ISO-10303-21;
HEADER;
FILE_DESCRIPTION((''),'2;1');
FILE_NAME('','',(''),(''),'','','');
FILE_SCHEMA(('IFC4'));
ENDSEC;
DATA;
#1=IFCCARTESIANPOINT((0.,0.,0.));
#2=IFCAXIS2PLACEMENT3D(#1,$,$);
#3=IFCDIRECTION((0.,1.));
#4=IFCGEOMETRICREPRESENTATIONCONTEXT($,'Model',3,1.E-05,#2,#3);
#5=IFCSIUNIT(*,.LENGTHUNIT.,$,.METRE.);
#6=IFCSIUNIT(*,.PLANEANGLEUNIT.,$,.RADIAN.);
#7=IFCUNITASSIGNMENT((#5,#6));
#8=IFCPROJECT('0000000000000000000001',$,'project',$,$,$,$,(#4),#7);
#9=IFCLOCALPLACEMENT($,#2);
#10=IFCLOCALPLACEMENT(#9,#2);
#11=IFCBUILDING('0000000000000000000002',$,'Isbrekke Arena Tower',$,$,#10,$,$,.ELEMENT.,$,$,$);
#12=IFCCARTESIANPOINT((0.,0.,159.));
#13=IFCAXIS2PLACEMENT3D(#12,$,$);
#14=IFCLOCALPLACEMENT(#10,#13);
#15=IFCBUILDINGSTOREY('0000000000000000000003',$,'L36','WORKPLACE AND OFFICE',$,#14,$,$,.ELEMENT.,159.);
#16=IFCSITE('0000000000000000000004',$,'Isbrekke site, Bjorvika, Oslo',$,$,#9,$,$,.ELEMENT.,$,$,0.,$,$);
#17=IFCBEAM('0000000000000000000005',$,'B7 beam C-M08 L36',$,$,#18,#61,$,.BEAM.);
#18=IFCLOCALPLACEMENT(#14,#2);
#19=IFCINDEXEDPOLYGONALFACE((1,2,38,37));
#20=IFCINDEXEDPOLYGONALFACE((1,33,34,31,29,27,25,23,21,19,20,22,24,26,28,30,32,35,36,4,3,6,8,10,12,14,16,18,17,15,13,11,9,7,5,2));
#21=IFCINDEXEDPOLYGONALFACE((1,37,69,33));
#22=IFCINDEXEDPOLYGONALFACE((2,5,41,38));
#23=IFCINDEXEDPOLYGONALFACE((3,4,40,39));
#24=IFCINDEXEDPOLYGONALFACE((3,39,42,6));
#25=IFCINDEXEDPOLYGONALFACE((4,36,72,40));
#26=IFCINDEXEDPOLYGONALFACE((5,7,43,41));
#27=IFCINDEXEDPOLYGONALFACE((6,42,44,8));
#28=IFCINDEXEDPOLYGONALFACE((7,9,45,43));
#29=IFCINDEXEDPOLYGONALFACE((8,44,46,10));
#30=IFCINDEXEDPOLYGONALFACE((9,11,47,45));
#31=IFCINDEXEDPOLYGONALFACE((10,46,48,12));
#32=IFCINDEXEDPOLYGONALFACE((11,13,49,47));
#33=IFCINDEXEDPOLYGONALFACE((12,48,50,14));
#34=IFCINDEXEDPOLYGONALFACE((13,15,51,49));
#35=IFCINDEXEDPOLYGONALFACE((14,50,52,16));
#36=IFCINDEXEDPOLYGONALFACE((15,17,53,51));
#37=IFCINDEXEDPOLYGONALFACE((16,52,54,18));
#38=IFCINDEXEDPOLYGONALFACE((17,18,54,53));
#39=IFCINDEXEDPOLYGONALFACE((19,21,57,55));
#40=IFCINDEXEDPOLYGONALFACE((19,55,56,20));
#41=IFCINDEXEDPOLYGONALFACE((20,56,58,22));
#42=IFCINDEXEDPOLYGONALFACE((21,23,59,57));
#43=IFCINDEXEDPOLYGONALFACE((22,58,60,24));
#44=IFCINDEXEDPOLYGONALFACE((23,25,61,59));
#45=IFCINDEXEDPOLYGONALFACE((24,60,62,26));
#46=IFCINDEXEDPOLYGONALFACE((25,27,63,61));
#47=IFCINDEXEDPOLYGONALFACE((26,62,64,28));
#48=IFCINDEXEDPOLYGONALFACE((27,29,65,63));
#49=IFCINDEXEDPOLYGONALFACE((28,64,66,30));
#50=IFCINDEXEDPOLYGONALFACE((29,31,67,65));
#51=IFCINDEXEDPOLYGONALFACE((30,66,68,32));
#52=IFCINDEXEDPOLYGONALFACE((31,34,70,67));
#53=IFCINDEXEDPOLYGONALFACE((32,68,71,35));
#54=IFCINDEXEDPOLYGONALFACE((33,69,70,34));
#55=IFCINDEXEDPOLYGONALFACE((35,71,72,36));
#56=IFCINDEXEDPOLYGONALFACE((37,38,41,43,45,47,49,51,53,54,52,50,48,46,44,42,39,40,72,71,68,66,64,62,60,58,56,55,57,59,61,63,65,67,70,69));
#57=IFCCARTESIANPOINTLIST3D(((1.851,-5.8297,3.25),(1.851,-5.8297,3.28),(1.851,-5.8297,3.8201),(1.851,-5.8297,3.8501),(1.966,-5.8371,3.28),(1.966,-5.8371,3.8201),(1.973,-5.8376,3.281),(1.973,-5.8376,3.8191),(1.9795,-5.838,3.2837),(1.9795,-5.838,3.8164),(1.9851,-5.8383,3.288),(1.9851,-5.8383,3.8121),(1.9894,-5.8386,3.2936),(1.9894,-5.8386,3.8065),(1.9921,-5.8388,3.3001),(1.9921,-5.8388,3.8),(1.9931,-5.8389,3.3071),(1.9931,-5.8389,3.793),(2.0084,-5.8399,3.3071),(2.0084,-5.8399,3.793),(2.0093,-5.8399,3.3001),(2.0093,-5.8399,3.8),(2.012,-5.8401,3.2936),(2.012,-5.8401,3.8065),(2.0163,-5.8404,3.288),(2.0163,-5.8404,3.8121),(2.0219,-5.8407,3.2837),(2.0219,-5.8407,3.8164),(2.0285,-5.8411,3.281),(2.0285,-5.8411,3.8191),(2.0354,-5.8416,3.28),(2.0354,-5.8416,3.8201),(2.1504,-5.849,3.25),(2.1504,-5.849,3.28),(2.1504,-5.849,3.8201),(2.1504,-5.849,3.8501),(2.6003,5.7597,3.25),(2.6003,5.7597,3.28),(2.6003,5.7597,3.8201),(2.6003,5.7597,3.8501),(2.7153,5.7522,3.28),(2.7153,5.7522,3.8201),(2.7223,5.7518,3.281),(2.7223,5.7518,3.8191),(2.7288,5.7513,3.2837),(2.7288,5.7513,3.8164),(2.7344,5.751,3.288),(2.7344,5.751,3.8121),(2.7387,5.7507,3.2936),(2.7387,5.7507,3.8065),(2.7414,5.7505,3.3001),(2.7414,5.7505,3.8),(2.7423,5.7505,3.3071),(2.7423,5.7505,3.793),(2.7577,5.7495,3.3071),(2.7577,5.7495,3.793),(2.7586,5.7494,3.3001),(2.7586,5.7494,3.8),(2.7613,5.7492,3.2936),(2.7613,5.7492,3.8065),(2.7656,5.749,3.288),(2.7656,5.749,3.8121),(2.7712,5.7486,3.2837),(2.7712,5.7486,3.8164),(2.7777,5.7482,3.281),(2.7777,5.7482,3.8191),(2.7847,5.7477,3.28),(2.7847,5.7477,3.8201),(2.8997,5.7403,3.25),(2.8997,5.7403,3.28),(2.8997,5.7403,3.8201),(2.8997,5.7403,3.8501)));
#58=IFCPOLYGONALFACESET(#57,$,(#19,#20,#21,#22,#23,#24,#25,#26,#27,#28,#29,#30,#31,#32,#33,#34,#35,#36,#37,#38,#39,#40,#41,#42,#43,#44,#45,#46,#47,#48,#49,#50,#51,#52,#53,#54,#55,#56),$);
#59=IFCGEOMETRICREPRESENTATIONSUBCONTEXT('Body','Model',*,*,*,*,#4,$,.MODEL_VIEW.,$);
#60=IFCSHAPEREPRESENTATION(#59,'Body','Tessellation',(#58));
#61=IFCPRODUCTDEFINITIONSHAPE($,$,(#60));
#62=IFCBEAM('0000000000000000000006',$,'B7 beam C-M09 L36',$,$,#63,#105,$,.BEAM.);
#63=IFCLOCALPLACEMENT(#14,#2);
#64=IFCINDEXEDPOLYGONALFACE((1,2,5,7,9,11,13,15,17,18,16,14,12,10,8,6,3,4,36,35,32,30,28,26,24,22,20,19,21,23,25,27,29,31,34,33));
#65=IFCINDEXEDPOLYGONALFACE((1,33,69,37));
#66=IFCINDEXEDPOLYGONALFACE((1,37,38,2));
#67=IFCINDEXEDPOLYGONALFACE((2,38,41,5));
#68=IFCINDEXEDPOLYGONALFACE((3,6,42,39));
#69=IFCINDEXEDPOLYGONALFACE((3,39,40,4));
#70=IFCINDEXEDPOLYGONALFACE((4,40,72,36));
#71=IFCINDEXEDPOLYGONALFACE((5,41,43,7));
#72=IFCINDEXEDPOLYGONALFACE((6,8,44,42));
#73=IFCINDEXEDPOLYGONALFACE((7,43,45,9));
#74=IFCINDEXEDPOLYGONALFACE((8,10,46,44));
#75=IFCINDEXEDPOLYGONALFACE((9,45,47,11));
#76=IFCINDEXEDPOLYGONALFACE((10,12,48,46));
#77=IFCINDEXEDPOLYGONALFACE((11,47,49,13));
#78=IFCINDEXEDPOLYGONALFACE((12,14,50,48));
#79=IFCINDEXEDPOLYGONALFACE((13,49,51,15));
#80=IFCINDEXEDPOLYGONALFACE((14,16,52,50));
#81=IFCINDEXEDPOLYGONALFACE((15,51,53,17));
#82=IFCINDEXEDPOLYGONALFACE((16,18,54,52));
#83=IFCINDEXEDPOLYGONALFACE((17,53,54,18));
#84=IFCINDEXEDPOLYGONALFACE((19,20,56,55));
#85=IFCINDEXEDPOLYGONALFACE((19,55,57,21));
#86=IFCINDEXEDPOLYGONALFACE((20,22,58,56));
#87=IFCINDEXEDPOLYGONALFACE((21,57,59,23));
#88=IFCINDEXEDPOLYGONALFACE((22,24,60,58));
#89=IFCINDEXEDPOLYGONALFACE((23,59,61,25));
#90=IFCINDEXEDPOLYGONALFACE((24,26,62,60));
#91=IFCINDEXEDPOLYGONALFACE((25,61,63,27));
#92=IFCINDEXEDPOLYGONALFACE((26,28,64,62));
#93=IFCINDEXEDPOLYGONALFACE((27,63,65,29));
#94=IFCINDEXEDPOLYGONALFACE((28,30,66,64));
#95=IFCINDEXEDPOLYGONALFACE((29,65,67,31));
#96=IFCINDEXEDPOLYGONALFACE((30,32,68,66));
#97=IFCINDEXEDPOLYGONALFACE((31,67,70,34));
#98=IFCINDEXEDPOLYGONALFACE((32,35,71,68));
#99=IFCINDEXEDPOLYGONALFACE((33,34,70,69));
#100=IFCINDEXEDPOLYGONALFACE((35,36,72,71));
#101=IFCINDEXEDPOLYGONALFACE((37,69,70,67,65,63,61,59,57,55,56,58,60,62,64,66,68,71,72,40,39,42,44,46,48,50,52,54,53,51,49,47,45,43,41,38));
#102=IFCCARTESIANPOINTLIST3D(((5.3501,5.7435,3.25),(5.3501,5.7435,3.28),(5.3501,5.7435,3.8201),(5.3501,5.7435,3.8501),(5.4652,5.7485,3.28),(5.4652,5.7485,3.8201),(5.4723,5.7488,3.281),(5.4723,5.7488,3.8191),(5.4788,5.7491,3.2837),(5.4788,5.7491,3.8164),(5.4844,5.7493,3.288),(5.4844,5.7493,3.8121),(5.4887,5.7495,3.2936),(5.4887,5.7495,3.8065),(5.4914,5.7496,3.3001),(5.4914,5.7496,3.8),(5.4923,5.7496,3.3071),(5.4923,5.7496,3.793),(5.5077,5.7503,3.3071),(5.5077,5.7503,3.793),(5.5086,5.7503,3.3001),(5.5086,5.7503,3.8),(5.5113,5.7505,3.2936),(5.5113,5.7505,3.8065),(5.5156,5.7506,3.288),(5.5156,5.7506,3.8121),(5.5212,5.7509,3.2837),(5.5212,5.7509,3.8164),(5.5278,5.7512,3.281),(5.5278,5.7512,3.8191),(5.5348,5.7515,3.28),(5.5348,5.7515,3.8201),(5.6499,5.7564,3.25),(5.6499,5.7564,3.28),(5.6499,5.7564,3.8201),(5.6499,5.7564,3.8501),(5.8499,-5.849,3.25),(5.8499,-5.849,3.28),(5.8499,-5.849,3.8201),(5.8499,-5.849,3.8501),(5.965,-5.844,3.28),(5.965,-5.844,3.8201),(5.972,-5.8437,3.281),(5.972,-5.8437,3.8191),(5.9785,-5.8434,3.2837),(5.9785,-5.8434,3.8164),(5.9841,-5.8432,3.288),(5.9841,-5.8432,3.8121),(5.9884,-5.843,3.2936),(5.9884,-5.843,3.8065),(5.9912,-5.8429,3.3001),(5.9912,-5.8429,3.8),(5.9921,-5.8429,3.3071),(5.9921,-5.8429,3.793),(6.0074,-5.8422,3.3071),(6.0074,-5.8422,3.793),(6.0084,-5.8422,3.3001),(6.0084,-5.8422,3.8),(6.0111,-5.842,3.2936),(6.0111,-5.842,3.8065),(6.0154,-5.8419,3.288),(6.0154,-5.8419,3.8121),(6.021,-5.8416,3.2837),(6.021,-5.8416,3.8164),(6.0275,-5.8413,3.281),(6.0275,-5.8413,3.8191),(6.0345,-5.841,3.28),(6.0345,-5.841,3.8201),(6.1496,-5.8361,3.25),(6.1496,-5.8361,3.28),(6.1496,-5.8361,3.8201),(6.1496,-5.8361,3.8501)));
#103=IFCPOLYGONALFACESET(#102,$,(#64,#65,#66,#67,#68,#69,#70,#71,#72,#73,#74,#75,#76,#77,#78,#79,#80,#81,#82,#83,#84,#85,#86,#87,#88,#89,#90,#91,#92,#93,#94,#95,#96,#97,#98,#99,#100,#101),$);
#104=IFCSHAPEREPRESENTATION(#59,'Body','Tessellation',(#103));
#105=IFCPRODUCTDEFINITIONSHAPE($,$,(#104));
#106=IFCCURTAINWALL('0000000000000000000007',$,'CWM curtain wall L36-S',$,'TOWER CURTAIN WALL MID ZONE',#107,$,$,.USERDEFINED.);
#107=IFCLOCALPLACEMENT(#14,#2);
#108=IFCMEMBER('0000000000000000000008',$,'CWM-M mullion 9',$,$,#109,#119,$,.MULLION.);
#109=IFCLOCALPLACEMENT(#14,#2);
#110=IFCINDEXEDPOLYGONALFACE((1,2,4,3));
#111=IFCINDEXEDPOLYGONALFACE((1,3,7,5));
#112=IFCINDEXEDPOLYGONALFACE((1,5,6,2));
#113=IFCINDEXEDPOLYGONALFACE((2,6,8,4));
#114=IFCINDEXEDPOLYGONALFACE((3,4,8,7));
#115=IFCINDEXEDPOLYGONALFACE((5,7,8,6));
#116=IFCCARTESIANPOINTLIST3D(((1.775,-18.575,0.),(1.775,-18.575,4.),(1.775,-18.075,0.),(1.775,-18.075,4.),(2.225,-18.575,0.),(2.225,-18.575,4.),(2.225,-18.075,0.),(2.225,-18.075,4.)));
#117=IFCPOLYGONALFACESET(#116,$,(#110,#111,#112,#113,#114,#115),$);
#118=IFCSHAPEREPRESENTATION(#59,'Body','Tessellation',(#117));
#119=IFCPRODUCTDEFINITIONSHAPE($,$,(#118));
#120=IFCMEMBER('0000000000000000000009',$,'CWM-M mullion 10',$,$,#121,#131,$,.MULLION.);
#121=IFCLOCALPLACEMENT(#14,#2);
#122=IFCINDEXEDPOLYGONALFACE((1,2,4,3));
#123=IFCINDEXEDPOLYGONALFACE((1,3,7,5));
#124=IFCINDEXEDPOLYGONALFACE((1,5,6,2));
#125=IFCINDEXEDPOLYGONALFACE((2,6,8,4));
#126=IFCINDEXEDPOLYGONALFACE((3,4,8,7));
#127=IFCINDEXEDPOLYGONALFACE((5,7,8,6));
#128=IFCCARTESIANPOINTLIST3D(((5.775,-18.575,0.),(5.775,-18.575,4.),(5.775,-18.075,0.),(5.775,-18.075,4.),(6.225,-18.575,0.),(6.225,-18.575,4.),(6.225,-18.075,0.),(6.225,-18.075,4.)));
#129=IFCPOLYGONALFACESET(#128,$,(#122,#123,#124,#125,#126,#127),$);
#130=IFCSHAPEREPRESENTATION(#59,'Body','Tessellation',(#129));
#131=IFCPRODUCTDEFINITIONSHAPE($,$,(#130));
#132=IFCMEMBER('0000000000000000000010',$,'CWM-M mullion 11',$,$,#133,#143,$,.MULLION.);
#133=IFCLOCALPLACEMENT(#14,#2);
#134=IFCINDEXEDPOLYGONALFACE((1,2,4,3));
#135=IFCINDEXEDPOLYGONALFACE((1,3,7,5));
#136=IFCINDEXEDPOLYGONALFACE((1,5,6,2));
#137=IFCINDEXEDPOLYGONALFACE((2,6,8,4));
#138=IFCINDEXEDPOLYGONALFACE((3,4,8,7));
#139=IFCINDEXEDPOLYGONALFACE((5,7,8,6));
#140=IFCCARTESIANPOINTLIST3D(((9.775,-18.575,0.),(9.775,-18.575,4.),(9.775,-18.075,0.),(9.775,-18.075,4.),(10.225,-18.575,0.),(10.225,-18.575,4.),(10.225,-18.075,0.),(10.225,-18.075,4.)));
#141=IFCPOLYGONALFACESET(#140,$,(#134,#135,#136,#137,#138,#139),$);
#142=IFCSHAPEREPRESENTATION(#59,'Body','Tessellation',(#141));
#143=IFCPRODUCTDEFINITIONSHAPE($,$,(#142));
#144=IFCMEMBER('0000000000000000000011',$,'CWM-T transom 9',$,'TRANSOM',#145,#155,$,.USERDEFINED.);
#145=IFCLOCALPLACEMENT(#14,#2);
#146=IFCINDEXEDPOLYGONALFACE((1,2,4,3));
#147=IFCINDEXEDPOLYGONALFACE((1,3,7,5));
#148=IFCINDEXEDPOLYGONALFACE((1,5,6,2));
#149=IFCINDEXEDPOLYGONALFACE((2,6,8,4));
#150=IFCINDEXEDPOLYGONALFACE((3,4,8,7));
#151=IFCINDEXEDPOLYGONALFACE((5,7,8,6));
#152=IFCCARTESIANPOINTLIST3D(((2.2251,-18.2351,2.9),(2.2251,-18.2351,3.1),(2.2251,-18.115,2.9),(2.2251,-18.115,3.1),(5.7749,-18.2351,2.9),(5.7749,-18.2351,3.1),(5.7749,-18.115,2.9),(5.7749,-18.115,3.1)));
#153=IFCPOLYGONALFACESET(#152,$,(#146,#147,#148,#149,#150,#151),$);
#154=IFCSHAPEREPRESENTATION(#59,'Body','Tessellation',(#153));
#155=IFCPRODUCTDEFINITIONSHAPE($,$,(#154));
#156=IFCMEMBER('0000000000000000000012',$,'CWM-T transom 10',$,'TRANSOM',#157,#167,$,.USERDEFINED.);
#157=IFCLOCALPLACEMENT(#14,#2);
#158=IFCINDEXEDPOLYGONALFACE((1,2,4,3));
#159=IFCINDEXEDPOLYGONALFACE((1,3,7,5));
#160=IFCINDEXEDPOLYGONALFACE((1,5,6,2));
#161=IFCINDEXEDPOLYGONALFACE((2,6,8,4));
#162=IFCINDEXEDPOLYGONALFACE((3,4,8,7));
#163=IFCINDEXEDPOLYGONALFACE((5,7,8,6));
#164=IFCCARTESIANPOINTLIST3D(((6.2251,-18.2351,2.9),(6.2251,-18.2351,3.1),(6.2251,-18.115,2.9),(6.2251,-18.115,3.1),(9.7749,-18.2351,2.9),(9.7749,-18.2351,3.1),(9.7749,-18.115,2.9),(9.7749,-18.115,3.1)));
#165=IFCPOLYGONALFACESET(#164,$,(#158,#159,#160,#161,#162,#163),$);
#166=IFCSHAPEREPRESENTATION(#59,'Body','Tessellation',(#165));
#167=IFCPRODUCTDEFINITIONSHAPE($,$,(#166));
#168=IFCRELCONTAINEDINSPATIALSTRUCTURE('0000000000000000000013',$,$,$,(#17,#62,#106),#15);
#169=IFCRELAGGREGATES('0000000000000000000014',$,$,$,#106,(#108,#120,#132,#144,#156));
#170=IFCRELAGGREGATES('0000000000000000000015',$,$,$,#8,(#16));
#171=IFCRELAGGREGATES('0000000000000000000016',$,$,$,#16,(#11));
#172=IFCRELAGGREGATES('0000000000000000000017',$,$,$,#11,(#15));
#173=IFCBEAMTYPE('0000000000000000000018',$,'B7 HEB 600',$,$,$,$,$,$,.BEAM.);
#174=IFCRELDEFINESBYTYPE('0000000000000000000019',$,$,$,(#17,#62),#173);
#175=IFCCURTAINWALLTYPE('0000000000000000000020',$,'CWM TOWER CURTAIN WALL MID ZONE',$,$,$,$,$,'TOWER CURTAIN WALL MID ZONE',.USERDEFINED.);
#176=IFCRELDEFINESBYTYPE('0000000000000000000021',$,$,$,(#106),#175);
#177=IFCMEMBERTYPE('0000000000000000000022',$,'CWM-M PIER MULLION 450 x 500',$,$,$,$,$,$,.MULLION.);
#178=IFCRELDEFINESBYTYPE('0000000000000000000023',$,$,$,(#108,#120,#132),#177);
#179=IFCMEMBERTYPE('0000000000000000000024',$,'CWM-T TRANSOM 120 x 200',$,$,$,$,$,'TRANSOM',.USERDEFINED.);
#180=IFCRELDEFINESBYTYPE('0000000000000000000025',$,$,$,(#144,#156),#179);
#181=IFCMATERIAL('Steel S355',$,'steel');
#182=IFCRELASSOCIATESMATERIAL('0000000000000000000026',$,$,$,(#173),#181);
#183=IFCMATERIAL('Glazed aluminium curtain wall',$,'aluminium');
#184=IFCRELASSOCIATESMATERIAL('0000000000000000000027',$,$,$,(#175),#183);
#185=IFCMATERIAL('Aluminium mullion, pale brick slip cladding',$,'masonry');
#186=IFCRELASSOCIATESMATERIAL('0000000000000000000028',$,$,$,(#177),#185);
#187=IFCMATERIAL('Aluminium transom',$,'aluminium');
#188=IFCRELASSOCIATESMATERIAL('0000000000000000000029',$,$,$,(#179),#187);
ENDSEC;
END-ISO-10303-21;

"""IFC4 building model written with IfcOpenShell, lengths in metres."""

from ifc_helpers import new_model, si_unit, direction, frame, origin, origin_2d, place, context, subcontext, project, spatial, rectangle, i_section, extrude, material, material_profile, profile_set, type_object, element, aggregate, save


model = new_model("IFC4")

# Units and contexts
model_context = context("Model", 3, precision=1e-05, world=origin(), true_north=direction((0.0, 1.0)))
body_context = subcontext(model_context, "Body", "Model", "MODEL_VIEW")
ifc_project = project(units=[si_unit("LENGTHUNIT", "METRE"), si_unit("PLANEANGLEUNIT", "RADIAN")], contexts=[model_context])

# Site, building, storey
site_placement = place(None, origin())
site = spatial("IfcSite", under=ifc_project, at=site_placement, Name="Isbrekke site, Bjorvika, Oslo", CompositionType="ELEMENT", RefElevation=0.0)
building_placement = place(site_placement, origin())
building = spatial("IfcBuilding", under=site, at=building_placement, Name="Isbrekke Arena Tower", CompositionType="ELEMENT")
storey_placement = place(building_placement, frame((0.0, 0.0, 159.0)))
storey = spatial("IfcBuildingStorey", under=building, at=storey_placement, Name="L36", Description="WORKPLACE AND OFFICE", CompositionType="ELEMENT", Elevation=159.0)

# Beams
ifc_material_1 = material(Name="Steel S355", Category="steel")
ifc_material_profile_1 = material_profile(ifc_material_1, i_section(OverallWidth=0.3, OverallDepth=0.6001, WebThickness=0.0154, FlangeThickness=0.03, FilletRadius=0.0271, at=origin_2d()), Name="HEB 600")
ifc_profile_set_1 = profile_set([ifc_material_profile_1], Name="Steel S355")
beam_type_1 = type_object("IfcBeamType", Name="B7 HEB 600", PredefinedType="BEAM", material=ifc_profile_set_1)
beam_1_placement = place(storey_placement, frame((2.0007, -5.8394, 3.55), z_axis=(0.064517, 0.997917, 0.0), x_axis=(-0.997917, 0.064517, 0.0)))
element("IfcBeam", 1, at=beam_1_placement, inside=storey, type_object=beam_type_1, Name="B7 beam C-M08 L36", PredefinedType="BEAM", context=body_context, shape_type="SweptSolid", body=[
    extrude(i_section(OverallWidth=0.3, OverallDepth=0.6001, WebThickness=0.0154, FlangeThickness=0.03, FilletRadius=0.0271, at=origin_2d()), origin(), (0.0, 0.0, 1.0), 11.6135),
])
beam_2_placement = place(storey_placement, frame((5.9998, -5.8425, 3.55), z_axis=(-0.04307, 0.999072, 0.0), x_axis=(-0.999072, -0.04307, 0.0)))
element("IfcBeam", 2, at=beam_2_placement, inside=storey, type_object=beam_type_1, Name="B7 beam C-M09 L36", PredefinedType="BEAM", context=body_context, shape_type="SweptSolid", body=[
    extrude(i_section(OverallWidth=0.3, OverallDepth=0.6001, WebThickness=0.0154, FlangeThickness=0.03, FilletRadius=0.0271, at=origin_2d()), origin(), (0.0, 0.0, 1.0), 11.6033),
])

# Curtain wall, members
ifc_material_2 = material(Name="Glazed aluminium curtain wall", Category="aluminium")
curtain_wall_type = type_object("IfcCurtainWallType", Name="CWM TOWER CURTAIN WALL MID ZONE", ElementType="TOWER CURTAIN WALL MID ZONE", PredefinedType="USERDEFINED", material=ifc_material_2)
curtain_wall_placement = place(storey_placement, origin())
curtain_wall = element("IfcCurtainWall", 3, at=curtain_wall_placement, inside=storey, type_object=curtain_wall_type, Name="CWM curtain wall L36-S", ObjectType="TOWER CURTAIN WALL MID ZONE", PredefinedType="USERDEFINED")
ifc_material_3 = material(Name="Aluminium mullion, pale brick slip cladding", Category="masonry")
ifc_material_profile_2 = material_profile(ifc_material_3, rectangle(XDim=0.45, YDim=0.5, at=origin_2d()), Name="PIER 450X500")
ifc_profile_set_2 = profile_set([ifc_material_profile_2], Name="Aluminium mullion, pale brick slip cladding")
member_type_1 = type_object("IfcMemberType", Name="CWM-M PIER MULLION 450 x 500", PredefinedType="MULLION", material=ifc_profile_set_2)
member_1_placement = place(storey_placement, frame((2.0, -18.325, 0.0), z_axis=(0.0, 0.0, 1.0), x_axis=(1.0, 0.0, 0.0)))
member_1 = element("IfcMember", 4, at=member_1_placement, type_object=member_type_1, Name="CWM-M mullion 9", PredefinedType="MULLION", context=body_context, shape_type="SweptSolid", body=[
    extrude(rectangle(XDim=0.45, YDim=0.5, at=origin_2d()), origin(), (0.0, 0.0, 1.0), 4.0),
])
member_2_placement = place(storey_placement, frame((6.0, -18.325, 0.0), z_axis=(0.0, 0.0, 1.0), x_axis=(1.0, 0.0, 0.0)))
member_2 = element("IfcMember", 5, at=member_2_placement, type_object=member_type_1, Name="CWM-M mullion 10", PredefinedType="MULLION", context=body_context, shape_type="SweptSolid", body=[
    extrude(rectangle(XDim=0.45, YDim=0.5, at=origin_2d()), origin(), (0.0, 0.0, 1.0), 4.0),
])
member_3_placement = place(storey_placement, frame((10.0, -18.325, 0.0), z_axis=(0.0, 0.0, 1.0), x_axis=(1.0, 0.0, 0.0)))
member_3 = element("IfcMember", 6, at=member_3_placement, type_object=member_type_1, Name="CWM-M mullion 11", PredefinedType="MULLION", context=body_context, shape_type="SweptSolid", body=[
    extrude(rectangle(XDim=0.45, YDim=0.5, at=origin_2d()), origin(), (0.0, 0.0, 1.0), 4.0),
])
ifc_material_4 = material(Name="Aluminium transom", Category="aluminium")
ifc_material_profile_3 = material_profile(ifc_material_4, rectangle(XDim=0.1201, YDim=0.2, at=origin_2d()), Name="TRANSOM 120X200")
ifc_profile_set_3 = profile_set([ifc_material_profile_3], Name="Aluminium transom")
member_type_2 = type_object("IfcMemberType", Name="CWM-T TRANSOM 120 x 200", ElementType="TRANSOM", PredefinedType="USERDEFINED", material=ifc_profile_set_3)
member_4_placement = place(storey_placement, frame((2.2251, -18.175, 3.0), z_axis=(1.0, 0.0, 0.0), x_axis=(0.0, 1.0, 0.0)))
member_4 = element("IfcMember", 7, at=member_4_placement, type_object=member_type_2, Name="CWM-T transom 9", ObjectType="TRANSOM", PredefinedType="USERDEFINED", context=body_context, shape_type="SweptSolid", body=[
    extrude(rectangle(XDim=0.1201, YDim=0.2, at=origin_2d()), origin(), (0.0, 0.0, 1.0), 3.5498),
])
member_5_placement = place(storey_placement, frame((6.2251, -18.175, 3.0), z_axis=(1.0, 0.0, 0.0), x_axis=(0.0, 1.0, 0.0)))
member_5 = element("IfcMember", 8, at=member_5_placement, type_object=member_type_2, Name="CWM-T transom 10", ObjectType="TRANSOM", PredefinedType="USERDEFINED", context=body_context, shape_type="SweptSolid", body=[
    extrude(rectangle(XDim=0.1201, YDim=0.2, at=origin_2d()), origin(), (0.0, 0.0, 1.0), 3.5498),
])

aggregate(curtain_wall, [member_1, member_2, member_3, member_4, member_5])

save(model, "model.ifc")
